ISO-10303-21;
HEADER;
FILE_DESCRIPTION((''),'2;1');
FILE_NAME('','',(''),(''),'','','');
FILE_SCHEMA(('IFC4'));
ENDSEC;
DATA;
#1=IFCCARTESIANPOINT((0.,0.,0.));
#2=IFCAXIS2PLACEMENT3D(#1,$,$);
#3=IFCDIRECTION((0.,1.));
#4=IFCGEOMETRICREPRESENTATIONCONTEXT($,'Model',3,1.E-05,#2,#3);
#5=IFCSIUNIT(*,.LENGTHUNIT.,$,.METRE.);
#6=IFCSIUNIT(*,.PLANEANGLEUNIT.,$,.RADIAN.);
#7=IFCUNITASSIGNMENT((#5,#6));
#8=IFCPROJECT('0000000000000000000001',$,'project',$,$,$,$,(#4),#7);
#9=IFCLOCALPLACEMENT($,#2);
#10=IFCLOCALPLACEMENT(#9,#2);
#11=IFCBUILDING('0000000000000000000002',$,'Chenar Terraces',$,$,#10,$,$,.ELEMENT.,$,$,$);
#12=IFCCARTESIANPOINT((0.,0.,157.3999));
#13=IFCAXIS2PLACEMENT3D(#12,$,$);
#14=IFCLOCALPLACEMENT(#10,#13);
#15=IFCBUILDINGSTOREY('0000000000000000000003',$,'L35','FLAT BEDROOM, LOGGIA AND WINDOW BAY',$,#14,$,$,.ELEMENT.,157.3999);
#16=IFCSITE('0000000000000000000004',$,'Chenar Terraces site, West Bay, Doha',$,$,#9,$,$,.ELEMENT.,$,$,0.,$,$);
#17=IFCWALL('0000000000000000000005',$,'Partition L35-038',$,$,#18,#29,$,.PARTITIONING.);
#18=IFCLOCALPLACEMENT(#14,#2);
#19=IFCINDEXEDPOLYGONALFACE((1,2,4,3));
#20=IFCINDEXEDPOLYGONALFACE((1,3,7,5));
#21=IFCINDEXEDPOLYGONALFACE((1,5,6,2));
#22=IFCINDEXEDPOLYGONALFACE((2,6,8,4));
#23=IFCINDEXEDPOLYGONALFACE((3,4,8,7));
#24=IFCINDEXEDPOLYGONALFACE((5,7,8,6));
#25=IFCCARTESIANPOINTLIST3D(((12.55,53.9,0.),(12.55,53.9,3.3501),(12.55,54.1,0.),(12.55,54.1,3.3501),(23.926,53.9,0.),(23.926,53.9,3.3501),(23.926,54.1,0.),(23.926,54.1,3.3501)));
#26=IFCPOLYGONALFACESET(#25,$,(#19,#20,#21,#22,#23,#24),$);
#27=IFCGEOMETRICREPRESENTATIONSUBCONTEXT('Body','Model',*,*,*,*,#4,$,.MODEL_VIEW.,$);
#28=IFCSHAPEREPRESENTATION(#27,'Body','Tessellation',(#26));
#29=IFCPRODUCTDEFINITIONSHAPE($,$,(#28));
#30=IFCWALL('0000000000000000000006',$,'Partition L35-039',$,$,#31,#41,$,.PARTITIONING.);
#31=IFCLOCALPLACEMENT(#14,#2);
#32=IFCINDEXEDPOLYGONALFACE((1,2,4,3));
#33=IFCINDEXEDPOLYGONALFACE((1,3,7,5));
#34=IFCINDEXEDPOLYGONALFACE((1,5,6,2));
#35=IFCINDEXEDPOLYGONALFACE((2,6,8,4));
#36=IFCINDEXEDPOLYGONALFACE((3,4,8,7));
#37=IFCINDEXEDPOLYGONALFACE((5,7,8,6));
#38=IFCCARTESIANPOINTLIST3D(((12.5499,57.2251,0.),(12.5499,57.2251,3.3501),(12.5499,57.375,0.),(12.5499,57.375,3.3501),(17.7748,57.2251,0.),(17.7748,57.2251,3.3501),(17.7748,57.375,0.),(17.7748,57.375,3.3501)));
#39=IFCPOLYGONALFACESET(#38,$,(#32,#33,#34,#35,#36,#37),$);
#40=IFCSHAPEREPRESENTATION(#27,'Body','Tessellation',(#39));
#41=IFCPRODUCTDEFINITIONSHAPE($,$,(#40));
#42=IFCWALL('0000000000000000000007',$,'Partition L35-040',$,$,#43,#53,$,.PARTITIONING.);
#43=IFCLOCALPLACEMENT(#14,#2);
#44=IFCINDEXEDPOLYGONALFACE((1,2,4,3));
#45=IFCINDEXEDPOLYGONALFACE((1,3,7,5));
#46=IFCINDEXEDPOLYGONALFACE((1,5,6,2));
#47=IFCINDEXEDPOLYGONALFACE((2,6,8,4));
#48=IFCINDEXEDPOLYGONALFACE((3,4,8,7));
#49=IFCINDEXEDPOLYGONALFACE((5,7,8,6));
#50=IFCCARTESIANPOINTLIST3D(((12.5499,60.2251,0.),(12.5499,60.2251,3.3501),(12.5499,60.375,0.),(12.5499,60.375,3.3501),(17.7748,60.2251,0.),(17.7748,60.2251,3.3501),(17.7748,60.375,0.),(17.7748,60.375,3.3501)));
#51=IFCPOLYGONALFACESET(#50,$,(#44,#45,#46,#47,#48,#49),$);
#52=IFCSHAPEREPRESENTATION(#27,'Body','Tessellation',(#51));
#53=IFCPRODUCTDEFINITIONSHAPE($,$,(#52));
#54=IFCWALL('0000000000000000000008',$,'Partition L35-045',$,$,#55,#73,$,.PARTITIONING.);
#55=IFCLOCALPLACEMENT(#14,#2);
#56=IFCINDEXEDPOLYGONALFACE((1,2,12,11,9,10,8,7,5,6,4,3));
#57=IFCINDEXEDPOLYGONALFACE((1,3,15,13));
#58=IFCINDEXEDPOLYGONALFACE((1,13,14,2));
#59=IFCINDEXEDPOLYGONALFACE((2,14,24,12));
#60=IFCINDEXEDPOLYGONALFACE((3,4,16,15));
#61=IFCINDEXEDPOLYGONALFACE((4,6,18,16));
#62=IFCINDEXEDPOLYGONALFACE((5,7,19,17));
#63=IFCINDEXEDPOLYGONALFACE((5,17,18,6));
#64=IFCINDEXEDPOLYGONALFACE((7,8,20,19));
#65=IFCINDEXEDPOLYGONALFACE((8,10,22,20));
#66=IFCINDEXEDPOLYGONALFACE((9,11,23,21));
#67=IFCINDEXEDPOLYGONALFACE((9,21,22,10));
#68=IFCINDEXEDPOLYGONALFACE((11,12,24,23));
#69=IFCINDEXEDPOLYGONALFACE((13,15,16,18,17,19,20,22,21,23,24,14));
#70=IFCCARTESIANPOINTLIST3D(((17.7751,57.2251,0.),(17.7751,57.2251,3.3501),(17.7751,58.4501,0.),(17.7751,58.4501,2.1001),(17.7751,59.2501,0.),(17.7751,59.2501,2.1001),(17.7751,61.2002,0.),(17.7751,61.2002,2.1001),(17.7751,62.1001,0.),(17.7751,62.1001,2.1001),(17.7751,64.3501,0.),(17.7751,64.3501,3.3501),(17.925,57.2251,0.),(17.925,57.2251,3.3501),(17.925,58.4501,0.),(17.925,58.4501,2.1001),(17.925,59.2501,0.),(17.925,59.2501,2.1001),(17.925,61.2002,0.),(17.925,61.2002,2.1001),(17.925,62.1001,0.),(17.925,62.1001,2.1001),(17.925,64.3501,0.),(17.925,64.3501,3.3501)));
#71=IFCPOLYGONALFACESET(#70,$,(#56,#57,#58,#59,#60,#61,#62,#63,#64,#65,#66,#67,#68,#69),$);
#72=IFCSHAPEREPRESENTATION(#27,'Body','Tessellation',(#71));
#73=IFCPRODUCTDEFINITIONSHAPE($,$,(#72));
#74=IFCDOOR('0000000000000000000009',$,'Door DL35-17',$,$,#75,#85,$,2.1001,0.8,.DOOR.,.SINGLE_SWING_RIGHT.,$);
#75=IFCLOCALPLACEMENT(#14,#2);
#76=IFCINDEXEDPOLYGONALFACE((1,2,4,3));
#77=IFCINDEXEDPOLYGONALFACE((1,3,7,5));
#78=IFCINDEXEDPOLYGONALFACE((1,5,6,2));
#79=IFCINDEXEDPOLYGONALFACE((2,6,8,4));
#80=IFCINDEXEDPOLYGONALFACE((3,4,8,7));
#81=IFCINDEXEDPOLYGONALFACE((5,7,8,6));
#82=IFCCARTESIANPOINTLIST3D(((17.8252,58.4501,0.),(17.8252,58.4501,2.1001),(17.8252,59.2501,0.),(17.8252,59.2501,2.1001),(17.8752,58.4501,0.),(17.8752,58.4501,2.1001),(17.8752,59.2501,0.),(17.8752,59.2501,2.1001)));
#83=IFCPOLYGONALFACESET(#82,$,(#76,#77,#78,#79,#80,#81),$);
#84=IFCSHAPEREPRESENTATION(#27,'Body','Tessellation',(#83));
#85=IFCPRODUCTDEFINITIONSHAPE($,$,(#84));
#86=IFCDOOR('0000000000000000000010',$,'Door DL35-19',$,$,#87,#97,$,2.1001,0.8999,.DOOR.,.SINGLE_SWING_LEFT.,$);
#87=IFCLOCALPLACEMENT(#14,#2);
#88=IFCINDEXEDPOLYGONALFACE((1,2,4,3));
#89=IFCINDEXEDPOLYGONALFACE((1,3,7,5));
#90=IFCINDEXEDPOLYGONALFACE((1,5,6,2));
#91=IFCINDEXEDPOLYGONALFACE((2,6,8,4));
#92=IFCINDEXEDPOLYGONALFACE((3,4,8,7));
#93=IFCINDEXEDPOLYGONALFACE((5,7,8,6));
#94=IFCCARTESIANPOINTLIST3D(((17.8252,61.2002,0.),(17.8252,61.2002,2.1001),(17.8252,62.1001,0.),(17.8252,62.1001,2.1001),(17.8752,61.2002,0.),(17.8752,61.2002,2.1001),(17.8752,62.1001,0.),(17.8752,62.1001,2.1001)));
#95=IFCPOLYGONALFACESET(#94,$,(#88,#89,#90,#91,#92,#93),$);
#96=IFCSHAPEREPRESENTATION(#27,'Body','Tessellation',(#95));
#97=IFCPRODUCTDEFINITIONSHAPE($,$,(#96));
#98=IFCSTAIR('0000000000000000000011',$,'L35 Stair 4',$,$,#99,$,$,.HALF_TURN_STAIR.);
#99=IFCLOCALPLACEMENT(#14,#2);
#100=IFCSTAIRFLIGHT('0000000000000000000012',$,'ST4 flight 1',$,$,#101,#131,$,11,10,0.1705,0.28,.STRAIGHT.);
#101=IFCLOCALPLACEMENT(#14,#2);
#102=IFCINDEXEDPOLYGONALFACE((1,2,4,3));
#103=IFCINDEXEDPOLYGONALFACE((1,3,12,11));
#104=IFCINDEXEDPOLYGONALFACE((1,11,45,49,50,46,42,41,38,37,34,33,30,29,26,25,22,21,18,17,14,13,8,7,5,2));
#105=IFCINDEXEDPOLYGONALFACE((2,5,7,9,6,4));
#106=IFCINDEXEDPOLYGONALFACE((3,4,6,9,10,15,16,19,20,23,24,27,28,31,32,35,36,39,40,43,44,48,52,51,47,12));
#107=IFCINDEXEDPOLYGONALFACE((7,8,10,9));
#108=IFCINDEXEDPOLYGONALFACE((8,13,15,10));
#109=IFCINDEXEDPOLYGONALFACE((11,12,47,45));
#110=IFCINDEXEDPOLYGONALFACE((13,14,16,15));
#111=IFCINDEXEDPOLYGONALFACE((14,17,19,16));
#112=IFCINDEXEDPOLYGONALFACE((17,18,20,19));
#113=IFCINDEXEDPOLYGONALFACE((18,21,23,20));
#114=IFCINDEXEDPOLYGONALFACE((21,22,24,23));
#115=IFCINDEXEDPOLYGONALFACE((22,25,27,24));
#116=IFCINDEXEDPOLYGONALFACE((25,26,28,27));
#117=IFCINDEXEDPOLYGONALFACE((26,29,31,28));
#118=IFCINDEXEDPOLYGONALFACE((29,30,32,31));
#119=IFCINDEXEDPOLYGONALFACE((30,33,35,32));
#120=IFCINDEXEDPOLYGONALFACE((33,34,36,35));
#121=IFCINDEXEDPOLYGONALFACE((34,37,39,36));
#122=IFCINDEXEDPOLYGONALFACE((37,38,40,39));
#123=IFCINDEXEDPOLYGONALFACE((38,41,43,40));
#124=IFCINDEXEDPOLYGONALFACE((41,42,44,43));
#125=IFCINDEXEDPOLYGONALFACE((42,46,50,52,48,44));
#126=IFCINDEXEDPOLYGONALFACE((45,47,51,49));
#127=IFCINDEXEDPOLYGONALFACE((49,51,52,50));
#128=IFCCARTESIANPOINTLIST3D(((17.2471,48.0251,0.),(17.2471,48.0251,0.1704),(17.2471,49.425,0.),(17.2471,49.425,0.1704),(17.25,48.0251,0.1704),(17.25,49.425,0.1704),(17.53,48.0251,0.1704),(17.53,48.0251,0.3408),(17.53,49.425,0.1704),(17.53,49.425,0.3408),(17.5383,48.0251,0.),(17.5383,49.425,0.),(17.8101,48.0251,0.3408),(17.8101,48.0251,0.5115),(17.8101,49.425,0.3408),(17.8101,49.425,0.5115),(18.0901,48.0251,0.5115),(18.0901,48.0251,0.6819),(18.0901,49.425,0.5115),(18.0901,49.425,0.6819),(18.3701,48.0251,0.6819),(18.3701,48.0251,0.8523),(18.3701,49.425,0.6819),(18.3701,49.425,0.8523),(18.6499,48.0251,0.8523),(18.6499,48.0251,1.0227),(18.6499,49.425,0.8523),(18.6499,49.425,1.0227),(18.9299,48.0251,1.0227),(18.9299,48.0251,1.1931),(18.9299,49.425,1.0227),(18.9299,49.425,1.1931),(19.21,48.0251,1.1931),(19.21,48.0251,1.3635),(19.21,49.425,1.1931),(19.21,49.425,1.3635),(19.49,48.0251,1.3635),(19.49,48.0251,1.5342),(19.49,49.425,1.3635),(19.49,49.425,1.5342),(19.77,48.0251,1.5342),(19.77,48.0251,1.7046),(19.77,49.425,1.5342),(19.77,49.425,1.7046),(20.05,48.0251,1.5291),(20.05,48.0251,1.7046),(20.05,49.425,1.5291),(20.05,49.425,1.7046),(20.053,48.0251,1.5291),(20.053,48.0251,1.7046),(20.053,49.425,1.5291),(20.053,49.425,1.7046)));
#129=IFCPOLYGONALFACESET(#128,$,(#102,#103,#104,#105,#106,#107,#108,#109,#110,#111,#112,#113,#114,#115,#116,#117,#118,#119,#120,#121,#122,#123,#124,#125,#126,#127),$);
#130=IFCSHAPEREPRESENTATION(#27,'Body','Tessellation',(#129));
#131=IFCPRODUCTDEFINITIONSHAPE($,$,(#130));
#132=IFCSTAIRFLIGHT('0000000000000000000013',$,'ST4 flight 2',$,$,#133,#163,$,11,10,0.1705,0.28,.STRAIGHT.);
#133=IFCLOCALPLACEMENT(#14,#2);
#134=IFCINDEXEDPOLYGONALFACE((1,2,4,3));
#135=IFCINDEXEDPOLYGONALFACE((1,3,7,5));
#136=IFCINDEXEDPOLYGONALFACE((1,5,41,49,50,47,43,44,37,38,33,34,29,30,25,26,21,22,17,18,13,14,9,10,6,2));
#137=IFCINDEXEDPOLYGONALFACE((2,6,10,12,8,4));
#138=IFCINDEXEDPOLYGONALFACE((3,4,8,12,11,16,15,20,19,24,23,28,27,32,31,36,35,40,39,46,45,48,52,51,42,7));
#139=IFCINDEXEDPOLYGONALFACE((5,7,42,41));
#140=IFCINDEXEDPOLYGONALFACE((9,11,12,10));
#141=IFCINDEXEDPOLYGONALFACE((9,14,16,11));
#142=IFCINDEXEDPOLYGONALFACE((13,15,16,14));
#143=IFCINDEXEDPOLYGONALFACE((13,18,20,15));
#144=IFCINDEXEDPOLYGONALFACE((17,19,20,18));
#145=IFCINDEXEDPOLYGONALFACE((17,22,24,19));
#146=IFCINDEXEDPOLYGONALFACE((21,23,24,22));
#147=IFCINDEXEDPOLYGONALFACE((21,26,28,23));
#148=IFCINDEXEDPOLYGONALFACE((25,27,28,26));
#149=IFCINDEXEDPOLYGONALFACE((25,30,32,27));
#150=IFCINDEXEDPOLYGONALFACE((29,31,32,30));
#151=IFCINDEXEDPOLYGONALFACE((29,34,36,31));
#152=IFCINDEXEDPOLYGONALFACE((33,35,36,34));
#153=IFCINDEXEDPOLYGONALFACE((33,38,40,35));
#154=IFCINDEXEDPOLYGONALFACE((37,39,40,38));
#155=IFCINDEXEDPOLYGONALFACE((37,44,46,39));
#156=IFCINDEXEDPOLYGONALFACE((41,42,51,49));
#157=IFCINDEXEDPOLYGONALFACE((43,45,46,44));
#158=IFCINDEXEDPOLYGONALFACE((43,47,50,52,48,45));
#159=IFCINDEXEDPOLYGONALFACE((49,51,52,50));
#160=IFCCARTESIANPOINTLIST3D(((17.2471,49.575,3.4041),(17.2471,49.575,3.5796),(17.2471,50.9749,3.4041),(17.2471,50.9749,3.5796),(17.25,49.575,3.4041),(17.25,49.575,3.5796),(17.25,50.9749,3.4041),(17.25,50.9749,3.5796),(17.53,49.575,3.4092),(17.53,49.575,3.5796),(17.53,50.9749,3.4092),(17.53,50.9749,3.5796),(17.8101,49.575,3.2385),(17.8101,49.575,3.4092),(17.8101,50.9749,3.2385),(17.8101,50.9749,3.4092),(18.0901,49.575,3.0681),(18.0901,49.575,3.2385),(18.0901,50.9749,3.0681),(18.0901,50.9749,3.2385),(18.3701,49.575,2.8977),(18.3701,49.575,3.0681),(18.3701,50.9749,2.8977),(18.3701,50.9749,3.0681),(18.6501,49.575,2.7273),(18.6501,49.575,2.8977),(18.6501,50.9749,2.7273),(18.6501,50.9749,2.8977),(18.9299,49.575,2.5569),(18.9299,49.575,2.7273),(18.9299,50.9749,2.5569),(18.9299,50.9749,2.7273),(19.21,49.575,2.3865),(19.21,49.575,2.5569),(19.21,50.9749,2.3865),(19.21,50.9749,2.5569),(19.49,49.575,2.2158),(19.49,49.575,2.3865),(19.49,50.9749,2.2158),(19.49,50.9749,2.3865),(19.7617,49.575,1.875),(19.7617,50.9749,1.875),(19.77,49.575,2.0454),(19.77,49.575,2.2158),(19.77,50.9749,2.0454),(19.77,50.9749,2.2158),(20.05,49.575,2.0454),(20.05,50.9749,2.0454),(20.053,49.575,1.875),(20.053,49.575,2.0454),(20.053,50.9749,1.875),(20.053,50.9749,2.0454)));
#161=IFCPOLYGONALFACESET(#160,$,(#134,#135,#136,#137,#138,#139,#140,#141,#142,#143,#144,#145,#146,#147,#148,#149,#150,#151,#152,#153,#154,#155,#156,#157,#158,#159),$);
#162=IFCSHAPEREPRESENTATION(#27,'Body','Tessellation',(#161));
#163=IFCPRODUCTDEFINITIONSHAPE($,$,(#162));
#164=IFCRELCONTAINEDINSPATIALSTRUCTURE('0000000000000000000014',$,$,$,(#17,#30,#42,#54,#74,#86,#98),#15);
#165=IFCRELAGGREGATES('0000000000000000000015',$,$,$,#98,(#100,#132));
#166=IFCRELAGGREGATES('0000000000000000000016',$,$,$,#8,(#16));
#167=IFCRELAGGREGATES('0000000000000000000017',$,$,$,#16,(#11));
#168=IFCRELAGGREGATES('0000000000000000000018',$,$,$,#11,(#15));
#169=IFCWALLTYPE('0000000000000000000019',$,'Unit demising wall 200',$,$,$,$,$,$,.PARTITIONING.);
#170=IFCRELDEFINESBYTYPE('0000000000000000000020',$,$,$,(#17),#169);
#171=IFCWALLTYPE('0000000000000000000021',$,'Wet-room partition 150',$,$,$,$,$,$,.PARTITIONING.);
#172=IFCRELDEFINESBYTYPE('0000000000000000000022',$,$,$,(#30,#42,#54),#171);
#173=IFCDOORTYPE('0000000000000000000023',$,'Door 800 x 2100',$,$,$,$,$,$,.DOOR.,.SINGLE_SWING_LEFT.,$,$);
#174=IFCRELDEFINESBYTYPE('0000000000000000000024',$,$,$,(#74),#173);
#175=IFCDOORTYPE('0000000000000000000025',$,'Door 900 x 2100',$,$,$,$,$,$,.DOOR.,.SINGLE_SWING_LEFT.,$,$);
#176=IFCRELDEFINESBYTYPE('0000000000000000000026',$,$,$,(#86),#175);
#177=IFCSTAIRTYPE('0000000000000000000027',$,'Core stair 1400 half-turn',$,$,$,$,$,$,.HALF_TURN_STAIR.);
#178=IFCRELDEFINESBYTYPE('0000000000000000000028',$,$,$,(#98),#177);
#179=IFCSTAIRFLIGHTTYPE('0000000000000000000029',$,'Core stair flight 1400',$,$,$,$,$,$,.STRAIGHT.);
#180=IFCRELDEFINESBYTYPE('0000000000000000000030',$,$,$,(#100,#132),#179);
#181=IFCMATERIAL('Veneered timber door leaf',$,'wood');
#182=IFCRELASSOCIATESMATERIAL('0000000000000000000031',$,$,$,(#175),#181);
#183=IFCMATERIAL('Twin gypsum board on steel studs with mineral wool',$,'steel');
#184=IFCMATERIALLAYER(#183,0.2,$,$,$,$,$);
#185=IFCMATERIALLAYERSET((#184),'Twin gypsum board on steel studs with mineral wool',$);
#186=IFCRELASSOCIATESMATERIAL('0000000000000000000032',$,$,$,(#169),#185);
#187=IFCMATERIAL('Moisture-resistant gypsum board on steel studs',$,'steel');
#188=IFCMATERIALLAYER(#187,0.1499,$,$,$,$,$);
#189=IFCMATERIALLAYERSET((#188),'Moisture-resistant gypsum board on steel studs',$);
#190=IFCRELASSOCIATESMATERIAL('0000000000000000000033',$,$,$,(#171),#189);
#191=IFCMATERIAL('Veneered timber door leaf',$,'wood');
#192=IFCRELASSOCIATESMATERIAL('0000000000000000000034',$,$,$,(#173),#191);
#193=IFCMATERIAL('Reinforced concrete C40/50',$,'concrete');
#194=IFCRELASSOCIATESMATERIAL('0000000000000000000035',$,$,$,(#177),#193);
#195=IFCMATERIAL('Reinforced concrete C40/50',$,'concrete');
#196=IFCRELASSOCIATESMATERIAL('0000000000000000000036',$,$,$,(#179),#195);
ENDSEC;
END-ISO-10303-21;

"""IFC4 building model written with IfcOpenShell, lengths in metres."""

from ifc_helpers import new_model, si_unit, direction, frame, frame_2d, origin, place, context, subcontext, project, spatial, polyline, rectangle, outline, extrude, material, layer, layer_set, type_object, element, fill, aggregate, save


model = new_model("IFC4")

# Units and contexts
model_context = context("Model", 3, precision=1e-05, world=origin(), true_north=direction((0.0, 1.0)))
body_context = subcontext(model_context, "Body", "Model", "MODEL_VIEW")
ifc_project = project(units=[si_unit("LENGTHUNIT", "METRE"), si_unit("PLANEANGLEUNIT", "RADIAN")], contexts=[model_context])

# Site, building, storey
site_placement = place(None, origin())
site = spatial("IfcSite", under=ifc_project, at=site_placement, Name="Chenar Terraces site, West Bay, Doha", CompositionType="ELEMENT", RefElevation=0.0)
building_placement = place(site_placement, origin())
building = spatial("IfcBuilding", under=site, at=building_placement, Name="Chenar Terraces", CompositionType="ELEMENT")
storey_placement = place(building_placement, frame((0.0, 0.0, 157.3999)))
storey = spatial("IfcBuildingStorey", under=building, at=storey_placement, Name="L35", Description="FLAT BEDROOM, LOGGIA AND WINDOW BAY", CompositionType="ELEMENT", Elevation=157.3999)

# Shared definitions
ifc_material_1 = material(Name="Veneered timber door leaf", Category="wood")
door_type_1 = type_object("IfcDoorType", Name="Door 900 x 2100", OperationType="SINGLE_SWING_LEFT", PredefinedType="DOOR", material=ifc_material_1)

# Walls
ifc_material_2 = material(Name="Twin gypsum board on steel studs with mineral wool", Category="steel")
ifc_layer_1 = layer(ifc_material_2, 0.2)
ifc_layer_set_1 = layer_set([ifc_layer_1], Name="Twin gypsum board on steel studs with mineral wool")
wall_type_1 = type_object("IfcWallType", Name="Unit demising wall 200", PredefinedType="PARTITIONING", material=ifc_layer_set_1)
wall_1_placement = place(storey_placement, frame((12.55, 54.0, 0.0), z_axis=(0.0, 0.0, 1.0), x_axis=(1.0, 0.0, 0.0)))
element("IfcWall", 1, at=wall_1_placement, inside=storey, type_object=wall_type_1, Name="Partition L35-038", PredefinedType="PARTITIONING", context=body_context, shape_type="SweptSolid", body=[
    extrude(rectangle(XDim=11.376, YDim=0.2, at=frame_2d((5.688, 0.0))), origin(), (0.0, 0.0, 1.0), 3.3501),
])
ifc_material_3 = material(Name="Moisture-resistant gypsum board on steel studs", Category="steel")
ifc_layer_2 = layer(ifc_material_3, 0.1499)
ifc_layer_set_2 = layer_set([ifc_layer_2], Name="Moisture-resistant gypsum board on steel studs")
wall_type_2 = type_object("IfcWallType", Name="Wet-room partition 150", PredefinedType="PARTITIONING", material=ifc_layer_set_2)
for number, where, z_axis, x_axis, name in (
    (2, (12.55, 57.3, 0.0), (0.0, 0.0, 1.0), (1.0, 0.0, 0.0), "Partition L35-039"),
    (3, (12.55, 60.3, 0.0), (0.0, 0.0, 1.0), (1.0, 0.0, 0.0), "Partition L35-040"),
):
    element("IfcWall", number, at=place(storey_placement, frame(where, z_axis=z_axis, x_axis=x_axis)), inside=storey, type_object=wall_type_2, Name=name, PredefinedType="PARTITIONING", context=body_context, shape_type="SweptSolid", body=[
        extrude(rectangle(XDim=5.2249, YDim=0.1499, at=frame_2d((2.6123, 0.0))), origin(), (0.0, 0.0, 1.0), 3.3501),
    ])

# Wall, openings, doors
wall_2_placement = place(storey_placement, frame((17.8501, 57.2251, 0.0), z_axis=(0.0, 0.0, 1.0), x_axis=(0.0, 1.0, 0.0)))
wall_2 = element("IfcWall", 4, at=wall_2_placement, inside=storey, type_object=wall_type_2, Name="Partition L35-045", PredefinedType="PARTITIONING", context=body_context, shape_type="SweptSolid", body=[
    extrude(rectangle(XDim=7.125, YDim=0.1499, at=frame_2d((3.5625, 0.0))), origin(), (0.0, 0.0, 1.0), 3.3501),
])
opening_1_placement = place(wall_2_placement, frame((1.2251, 0.0, 0.0)))
opening_1 = element("IfcOpeningElement", 5, at=opening_1_placement, cuts=wall_2, PredefinedType="OPENING", context=body_context, shape_type="SweptSolid", body=[
    extrude(rectangle(XDim=0.8, YDim=2.1001, at=frame_2d((0.3999, 1.05))), frame((0.0, 0.085, 0.0), z_axis=(0.0, -1.0, 0.0), x_axis=(1.0, 0.0, 0.0)), (0.0, 0.0, 1.0), 0.1699),
])
opening_2_placement = place(wall_2_placement, frame((3.9751, 0.0, 0.0)))
opening_2 = element("IfcOpeningElement", 6, at=opening_2_placement, cuts=wall_2, PredefinedType="OPENING", context=body_context, shape_type="SweptSolid", body=[
    extrude(rectangle(XDim=0.8999, YDim=2.1001, at=frame_2d((0.45, 1.05))), frame((0.0, 0.085, 0.0), z_axis=(0.0, -1.0, 0.0), x_axis=(1.0, 0.0, 0.0)), (0.0, 0.0, 1.0), 0.1699),
])
ifc_material_4 = material(Name="Veneered timber door leaf", Category="wood")
door_type_2 = type_object("IfcDoorType", Name="Door 800 x 2100", OperationType="SINGLE_SWING_LEFT", PredefinedType="DOOR", material=ifc_material_4)
door_1_placement = place(opening_1_placement, origin())
door_1 = element("IfcDoor", 7, at=door_1_placement, inside=storey, type_object=door_type_2, Name="Door DL35-17", OperationType="SINGLE_SWING_RIGHT", OverallHeight=2.1001, OverallWidth=0.8, PredefinedType="DOOR", context=body_context, shape_type="SweptSolid", body=[
    extrude(rectangle(XDim=0.8, YDim=2.1001, at=frame_2d((0.3999, 1.05))), frame((0.0, 0.0249, 0.0), z_axis=(0.0, -1.0, 0.0), x_axis=(1.0, 0.0, 0.0)), (0.0, 0.0, 1.0), 0.05),
])
fill(opening_1, door_1)
door_2_placement = place(opening_2_placement, origin())
door_2 = element("IfcDoor", 8, at=door_2_placement, inside=storey, type_object=door_type_1, Name="Door DL35-19", OperationType="SINGLE_SWING_LEFT", OverallHeight=2.1001, OverallWidth=0.8999, PredefinedType="DOOR", context=body_context, shape_type="SweptSolid", body=[
    extrude(rectangle(XDim=0.8999, YDim=2.1001, at=frame_2d((0.45, 1.05))), frame((0.0, 0.0249, 0.0), z_axis=(0.0, -1.0, 0.0), x_axis=(1.0, 0.0, 0.0)), (0.0, 0.0, 1.0), 0.05),
])
fill(opening_2, door_2)

# Stair, stair flights
ifc_material_5 = material(Name="Reinforced concrete C40/50", Category="concrete")
stair_type = type_object("IfcStairType", Name="Core stair 1400 half-turn", PredefinedType="HALF_TURN_STAIR", material=ifc_material_5)
stair_placement = place(storey_placement, origin())
stair = element("IfcStair", 9, at=stair_placement, inside=storey, type_object=stair_type, Name="L35 Stair 4", PredefinedType="HALF_TURN_STAIR")
ifc_material_6 = material(Name="Reinforced concrete C40/50", Category="concrete")
stair_flight_type = type_object("IfcStairFlightType", Name="Core stair flight 1400", PredefinedType="STRAIGHT", material=ifc_material_6)
stair_flight_1_placement = place(storey_placement, frame((17.25, 48.7251, 0.0), z_axis=(0.0, 0.0, 1.0), x_axis=(1.0, 0.0, 0.0)))
stair_flight_1 = element("IfcStairFlight", 10, at=stair_flight_1_placement, type_object=stair_flight_type, Name="ST4 flight 1", NumberOfRisers=11, NumberOfTreads=10, PredefinedType="STRAIGHT", RiserHeight=0.1705, TreadLength=0.28, context=body_context, shape_type="SweptSolid", body=[
    extrude(outline(polyline([(-0.0029, 0.0), (-0.0029, 0.1704), (0.0, 0.1704), (0.28, 0.1704), (0.28, 0.3408), (0.5601, 0.3408), (0.5601, 0.5115), (0.8401, 0.5115), (0.8401, 0.6819), (1.1201, 0.6819), (1.1201, 0.8523), (1.3999, 0.8523), (1.3999, 1.0227), (1.6799, 1.0227), (1.6799, 1.1931), (1.96, 1.1931), (1.96, 1.3635), (2.24, 1.3635), (2.24, 1.5342), (2.52, 1.5342), (2.52, 1.7046), (2.8, 1.7046), (2.803, 1.7046), (2.803, 1.5291), (2.8, 1.5291), (0.2883, 0.0), (-0.0029, 0.0)])), frame((0.0, 0.7, 0.0), z_axis=(0.0, -1.0, 0.0), x_axis=(1.0, 0.0, 0.0)), (0.0, 0.0, 1.0), 1.3999),
])
stair_flight_2_placement = place(storey_placement, frame((20.05, 50.2749, 1.875), z_axis=(0.0, 0.0, 1.0), x_axis=(-1.0, 0.0, 0.0)))
stair_flight_2 = element("IfcStairFlight", 11, at=stair_flight_2_placement, type_object=stair_flight_type, Name="ST4 flight 2", NumberOfRisers=11, NumberOfTreads=10, PredefinedType="STRAIGHT", RiserHeight=0.1705, TreadLength=0.28, context=body_context, shape_type="SweptSolid", body=[
    extrude(outline(polyline([(-0.0029, 0.0), (-0.0029, 0.1704), (0.0, 0.1704), (0.28, 0.1704), (0.28, 0.3408), (0.5601, 0.3408), (0.5601, 0.5115), (0.8401, 0.5115), (0.8401, 0.6819), (1.1201, 0.6819), (1.1201, 0.8523), (1.3999, 0.8523), (1.3999, 1.0227), (1.6799, 1.0227), (1.6799, 1.1931), (1.96, 1.1931), (1.96, 1.3635), (2.24, 1.3635), (2.24, 1.5342), (2.52, 1.5342), (2.52, 1.7046), (2.8, 1.7046), (2.803, 1.7046), (2.803, 1.5291), (2.8, 1.5291), (0.2883, 0.0), (-0.0029, 0.0)])), frame((0.0, 0.7, 0.0), z_axis=(0.0, -1.0, 0.0), x_axis=(1.0, 0.0, 0.0)), (0.0, 0.0, 1.0), 1.3999),
])
aggregate(stair, [stair_flight_1, stair_flight_2])

save(model, "model.ifc")
